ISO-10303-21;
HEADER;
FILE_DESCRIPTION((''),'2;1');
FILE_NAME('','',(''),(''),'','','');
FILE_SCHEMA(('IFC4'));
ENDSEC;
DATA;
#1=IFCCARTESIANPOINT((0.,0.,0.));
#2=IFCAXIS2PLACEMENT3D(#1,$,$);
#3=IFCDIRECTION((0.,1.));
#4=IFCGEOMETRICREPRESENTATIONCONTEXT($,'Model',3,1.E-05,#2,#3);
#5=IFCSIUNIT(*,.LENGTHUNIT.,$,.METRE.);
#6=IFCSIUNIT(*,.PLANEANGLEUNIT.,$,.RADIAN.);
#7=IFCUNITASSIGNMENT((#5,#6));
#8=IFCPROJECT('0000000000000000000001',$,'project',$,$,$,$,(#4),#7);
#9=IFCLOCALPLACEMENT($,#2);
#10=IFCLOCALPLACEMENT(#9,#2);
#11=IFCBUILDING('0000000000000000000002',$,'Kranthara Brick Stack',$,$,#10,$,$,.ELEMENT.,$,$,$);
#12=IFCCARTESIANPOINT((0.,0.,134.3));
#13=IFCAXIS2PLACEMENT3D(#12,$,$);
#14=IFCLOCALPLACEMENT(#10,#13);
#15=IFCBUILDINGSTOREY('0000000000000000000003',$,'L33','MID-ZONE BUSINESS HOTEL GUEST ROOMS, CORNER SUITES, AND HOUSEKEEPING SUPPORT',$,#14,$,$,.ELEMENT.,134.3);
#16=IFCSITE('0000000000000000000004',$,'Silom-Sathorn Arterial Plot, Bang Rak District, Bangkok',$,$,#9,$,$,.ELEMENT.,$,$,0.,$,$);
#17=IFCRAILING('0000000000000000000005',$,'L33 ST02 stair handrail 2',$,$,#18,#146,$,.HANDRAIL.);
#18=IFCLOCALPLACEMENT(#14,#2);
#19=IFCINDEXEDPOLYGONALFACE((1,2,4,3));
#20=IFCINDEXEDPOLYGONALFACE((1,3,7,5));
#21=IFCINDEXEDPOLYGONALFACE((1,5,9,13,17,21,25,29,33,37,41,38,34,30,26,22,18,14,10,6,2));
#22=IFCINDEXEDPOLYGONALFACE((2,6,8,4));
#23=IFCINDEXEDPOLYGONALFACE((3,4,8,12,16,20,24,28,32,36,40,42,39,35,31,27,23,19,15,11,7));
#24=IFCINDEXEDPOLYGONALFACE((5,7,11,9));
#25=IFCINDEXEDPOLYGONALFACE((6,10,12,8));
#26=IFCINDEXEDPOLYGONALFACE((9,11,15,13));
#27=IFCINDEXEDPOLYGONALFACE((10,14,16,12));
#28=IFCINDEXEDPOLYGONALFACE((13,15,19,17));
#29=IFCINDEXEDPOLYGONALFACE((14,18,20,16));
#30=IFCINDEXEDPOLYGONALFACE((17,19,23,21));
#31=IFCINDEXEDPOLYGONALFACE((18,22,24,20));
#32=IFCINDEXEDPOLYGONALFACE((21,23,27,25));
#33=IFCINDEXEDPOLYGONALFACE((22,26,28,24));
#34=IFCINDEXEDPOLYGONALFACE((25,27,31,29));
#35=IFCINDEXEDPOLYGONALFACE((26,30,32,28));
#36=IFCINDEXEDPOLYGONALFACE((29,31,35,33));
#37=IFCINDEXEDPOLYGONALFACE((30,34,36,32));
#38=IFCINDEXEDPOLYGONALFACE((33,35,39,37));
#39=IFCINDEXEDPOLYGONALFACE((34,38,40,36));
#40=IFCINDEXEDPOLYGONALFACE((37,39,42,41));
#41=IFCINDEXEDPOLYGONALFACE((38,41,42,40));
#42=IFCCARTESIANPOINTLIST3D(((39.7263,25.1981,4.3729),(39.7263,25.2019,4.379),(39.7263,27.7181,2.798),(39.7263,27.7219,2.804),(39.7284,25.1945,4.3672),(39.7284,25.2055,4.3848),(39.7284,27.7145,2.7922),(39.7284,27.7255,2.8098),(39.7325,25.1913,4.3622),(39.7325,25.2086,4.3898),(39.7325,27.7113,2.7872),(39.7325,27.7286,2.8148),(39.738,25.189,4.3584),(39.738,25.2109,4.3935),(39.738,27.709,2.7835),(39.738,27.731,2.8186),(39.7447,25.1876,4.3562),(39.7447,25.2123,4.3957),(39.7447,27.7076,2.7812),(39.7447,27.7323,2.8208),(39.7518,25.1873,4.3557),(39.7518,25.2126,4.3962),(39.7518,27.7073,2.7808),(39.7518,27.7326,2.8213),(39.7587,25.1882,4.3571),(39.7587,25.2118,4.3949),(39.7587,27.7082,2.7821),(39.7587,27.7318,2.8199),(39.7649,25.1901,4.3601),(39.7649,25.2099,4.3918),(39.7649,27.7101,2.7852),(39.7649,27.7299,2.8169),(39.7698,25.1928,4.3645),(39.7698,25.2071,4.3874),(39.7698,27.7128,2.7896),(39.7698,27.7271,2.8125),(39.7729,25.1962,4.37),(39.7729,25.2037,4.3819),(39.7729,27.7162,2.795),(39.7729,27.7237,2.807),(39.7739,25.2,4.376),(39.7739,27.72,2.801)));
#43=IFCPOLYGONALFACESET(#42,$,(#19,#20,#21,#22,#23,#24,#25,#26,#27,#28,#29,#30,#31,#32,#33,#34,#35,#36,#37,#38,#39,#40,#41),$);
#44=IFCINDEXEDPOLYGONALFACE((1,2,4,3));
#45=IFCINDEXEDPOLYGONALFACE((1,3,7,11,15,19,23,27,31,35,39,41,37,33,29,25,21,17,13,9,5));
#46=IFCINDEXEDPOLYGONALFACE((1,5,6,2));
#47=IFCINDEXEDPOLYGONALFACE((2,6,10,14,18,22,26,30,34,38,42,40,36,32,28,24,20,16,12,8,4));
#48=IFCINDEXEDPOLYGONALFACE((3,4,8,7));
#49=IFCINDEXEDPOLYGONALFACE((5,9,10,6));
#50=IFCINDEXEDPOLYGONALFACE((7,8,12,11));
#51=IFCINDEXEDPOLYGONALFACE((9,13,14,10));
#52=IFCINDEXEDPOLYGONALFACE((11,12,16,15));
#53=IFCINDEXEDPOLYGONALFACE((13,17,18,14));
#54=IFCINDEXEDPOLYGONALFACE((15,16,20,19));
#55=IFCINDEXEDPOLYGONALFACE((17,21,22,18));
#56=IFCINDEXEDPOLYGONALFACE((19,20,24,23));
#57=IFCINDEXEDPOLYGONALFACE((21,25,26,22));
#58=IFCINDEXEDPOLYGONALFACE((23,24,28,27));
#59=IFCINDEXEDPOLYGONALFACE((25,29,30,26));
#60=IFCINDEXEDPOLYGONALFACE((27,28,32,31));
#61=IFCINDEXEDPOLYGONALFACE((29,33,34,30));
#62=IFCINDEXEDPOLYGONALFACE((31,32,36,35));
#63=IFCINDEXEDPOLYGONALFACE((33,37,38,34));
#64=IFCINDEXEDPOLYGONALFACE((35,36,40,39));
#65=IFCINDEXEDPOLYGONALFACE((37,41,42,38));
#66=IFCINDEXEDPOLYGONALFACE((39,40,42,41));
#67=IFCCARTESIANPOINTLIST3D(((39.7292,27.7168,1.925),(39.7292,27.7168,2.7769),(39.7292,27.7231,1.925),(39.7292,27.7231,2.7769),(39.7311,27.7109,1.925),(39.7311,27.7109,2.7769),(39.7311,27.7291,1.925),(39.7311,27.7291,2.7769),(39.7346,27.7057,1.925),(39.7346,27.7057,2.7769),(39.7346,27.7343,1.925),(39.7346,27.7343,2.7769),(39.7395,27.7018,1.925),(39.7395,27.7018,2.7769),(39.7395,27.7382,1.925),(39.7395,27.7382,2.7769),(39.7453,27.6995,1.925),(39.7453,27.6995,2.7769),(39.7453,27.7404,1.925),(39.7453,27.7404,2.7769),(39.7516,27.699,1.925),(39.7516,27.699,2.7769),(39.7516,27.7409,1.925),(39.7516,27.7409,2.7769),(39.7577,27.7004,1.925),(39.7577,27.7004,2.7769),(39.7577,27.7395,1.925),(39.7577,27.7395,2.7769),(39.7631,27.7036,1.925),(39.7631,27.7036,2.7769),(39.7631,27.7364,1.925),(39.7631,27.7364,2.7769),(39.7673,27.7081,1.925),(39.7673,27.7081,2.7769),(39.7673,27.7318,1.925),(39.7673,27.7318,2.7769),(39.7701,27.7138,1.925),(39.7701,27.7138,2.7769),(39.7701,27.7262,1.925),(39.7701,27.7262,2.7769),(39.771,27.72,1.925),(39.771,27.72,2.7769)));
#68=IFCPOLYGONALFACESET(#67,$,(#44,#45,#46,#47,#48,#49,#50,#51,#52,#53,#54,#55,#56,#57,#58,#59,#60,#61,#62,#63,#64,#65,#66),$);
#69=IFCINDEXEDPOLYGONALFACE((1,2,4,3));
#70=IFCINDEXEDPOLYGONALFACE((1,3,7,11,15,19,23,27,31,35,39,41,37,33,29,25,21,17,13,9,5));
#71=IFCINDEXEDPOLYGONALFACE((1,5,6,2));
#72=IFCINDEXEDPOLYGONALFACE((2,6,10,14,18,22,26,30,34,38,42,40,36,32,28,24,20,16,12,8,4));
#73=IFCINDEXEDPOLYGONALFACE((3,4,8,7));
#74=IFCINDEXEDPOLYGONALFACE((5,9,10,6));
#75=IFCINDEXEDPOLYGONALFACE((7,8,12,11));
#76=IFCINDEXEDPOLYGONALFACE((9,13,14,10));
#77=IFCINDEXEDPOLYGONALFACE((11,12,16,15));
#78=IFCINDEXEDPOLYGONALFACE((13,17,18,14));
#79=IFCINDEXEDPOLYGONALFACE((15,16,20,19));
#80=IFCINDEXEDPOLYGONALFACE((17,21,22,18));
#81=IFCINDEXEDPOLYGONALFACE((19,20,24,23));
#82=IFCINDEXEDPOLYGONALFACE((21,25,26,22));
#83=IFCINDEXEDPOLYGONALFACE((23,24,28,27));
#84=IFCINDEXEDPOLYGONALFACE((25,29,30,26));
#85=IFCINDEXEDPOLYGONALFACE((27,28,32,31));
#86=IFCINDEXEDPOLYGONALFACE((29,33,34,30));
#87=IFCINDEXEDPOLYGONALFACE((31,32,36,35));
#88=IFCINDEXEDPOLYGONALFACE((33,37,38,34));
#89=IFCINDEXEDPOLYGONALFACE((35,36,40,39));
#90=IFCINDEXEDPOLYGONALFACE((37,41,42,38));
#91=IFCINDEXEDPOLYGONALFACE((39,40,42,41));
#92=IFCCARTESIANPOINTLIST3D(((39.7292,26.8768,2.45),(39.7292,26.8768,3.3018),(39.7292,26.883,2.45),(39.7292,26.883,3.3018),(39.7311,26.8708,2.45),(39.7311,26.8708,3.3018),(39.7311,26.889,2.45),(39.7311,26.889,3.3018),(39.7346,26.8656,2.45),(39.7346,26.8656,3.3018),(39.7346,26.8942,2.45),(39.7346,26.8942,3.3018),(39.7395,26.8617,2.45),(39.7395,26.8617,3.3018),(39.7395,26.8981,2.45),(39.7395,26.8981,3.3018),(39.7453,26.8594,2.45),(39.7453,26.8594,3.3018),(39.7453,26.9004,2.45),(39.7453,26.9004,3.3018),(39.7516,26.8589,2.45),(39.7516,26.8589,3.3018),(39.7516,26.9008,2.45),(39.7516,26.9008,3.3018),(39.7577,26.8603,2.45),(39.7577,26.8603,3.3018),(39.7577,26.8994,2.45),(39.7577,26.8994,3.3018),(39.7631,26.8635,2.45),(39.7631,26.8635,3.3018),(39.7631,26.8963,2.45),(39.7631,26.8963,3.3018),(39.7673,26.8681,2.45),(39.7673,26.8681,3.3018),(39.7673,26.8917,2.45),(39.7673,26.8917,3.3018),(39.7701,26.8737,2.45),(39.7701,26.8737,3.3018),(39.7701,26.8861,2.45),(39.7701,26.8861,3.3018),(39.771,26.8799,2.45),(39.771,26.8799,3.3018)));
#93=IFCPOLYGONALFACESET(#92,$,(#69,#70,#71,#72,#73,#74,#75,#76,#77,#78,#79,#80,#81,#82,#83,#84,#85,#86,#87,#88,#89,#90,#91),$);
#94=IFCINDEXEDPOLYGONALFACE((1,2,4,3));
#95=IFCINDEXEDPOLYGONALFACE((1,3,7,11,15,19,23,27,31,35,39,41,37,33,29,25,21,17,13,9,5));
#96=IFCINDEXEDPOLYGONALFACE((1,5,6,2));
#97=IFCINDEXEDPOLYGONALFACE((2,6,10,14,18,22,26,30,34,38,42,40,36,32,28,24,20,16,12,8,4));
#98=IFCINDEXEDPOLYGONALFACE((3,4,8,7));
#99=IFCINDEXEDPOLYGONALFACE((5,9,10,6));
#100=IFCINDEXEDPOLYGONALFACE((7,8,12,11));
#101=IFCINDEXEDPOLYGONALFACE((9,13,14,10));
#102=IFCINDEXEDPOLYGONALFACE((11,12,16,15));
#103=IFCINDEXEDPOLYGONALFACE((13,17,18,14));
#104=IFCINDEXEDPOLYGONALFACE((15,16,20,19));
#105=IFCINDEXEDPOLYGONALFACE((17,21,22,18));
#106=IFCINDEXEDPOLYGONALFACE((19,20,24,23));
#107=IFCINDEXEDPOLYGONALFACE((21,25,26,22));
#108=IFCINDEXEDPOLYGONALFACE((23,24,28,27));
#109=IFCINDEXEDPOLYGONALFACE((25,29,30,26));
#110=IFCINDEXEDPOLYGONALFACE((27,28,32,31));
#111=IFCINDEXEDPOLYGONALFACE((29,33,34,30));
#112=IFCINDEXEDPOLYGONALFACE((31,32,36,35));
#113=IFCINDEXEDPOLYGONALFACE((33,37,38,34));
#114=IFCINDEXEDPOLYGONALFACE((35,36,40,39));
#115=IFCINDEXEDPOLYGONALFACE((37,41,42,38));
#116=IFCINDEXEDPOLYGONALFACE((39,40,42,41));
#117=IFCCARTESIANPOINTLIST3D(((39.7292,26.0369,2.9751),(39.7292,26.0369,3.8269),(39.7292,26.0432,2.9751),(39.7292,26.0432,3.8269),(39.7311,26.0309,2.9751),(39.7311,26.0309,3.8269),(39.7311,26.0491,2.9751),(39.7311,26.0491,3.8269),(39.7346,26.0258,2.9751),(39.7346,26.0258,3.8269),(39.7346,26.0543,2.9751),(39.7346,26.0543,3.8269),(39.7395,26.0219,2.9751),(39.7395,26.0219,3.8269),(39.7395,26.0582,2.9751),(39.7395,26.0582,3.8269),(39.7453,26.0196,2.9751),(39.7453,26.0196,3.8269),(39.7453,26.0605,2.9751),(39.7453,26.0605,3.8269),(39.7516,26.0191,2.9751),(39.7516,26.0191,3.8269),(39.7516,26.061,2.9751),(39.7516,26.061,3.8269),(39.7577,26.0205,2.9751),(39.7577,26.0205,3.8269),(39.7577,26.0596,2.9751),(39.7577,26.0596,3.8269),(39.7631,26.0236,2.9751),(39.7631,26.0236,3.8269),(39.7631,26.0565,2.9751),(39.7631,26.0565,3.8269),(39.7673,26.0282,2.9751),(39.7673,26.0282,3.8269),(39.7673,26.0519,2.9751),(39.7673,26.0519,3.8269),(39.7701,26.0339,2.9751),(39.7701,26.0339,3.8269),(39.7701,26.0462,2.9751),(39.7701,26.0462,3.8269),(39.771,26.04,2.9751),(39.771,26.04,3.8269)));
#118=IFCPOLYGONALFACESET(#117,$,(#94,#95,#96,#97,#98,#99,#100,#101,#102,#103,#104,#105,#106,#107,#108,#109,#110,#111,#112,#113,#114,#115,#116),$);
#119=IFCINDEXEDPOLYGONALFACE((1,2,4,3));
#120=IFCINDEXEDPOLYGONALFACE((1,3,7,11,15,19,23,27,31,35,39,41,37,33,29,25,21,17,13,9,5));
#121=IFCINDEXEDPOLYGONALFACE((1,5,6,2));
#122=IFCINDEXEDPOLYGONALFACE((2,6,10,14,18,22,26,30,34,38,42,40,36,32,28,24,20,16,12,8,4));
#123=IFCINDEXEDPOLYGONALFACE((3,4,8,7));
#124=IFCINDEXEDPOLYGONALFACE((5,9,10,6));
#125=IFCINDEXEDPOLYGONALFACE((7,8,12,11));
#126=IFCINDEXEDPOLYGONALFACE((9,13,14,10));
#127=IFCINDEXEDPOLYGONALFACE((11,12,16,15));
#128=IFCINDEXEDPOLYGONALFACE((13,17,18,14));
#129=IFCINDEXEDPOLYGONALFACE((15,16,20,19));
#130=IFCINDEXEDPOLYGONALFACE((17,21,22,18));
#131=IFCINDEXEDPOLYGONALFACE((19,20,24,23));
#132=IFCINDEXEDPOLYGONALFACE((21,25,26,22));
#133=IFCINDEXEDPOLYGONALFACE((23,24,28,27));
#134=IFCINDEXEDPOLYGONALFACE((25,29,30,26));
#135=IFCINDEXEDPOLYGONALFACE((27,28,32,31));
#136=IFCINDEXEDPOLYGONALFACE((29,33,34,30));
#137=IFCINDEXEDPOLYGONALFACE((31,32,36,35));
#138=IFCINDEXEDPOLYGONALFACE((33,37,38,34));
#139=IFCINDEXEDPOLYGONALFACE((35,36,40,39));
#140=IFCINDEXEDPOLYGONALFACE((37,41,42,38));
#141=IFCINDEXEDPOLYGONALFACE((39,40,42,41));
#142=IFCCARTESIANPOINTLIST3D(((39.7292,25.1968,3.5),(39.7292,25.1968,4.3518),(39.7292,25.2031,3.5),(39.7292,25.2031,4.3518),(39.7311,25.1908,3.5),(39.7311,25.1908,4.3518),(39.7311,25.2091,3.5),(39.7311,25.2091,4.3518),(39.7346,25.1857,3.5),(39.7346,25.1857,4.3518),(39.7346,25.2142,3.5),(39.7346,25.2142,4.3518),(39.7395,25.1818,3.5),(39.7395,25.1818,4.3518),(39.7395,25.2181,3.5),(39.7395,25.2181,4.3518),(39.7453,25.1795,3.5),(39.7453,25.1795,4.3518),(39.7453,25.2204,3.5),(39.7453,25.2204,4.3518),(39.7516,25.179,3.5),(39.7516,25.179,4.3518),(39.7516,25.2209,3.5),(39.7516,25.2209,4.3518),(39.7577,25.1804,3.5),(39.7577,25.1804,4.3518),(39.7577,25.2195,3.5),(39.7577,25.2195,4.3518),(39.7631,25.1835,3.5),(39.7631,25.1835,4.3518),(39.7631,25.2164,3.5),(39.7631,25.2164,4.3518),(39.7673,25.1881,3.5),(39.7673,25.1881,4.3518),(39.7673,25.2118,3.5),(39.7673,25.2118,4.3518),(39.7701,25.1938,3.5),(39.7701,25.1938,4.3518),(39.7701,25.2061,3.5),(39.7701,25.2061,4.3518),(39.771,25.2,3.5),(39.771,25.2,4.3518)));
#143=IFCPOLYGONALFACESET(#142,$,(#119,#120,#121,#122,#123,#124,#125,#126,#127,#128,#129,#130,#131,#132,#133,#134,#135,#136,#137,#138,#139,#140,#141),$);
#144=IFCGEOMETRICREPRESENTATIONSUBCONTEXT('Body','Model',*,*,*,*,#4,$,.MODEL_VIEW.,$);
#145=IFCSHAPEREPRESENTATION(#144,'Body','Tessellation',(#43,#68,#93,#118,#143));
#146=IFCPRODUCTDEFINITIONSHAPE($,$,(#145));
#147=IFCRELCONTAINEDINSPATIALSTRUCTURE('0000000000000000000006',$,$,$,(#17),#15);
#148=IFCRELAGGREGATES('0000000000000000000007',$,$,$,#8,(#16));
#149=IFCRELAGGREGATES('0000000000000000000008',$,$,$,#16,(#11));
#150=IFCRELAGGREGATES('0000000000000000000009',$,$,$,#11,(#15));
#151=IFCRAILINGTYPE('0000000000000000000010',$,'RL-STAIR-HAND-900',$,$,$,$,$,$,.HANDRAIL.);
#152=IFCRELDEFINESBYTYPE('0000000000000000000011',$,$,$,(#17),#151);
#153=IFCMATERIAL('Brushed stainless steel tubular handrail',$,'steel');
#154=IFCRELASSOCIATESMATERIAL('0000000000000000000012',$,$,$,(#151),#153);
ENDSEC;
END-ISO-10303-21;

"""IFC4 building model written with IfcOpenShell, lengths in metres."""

from ifc_helpers import new_model, si_unit, direction, frame, origin, origin_2d, place, context, subcontext, project, spatial, circle, extrude, material, type_object, element, save


model = new_model("IFC4")

# Units and contexts
model_context = context("Model", 3, precision=1e-05, world=origin(), true_north=direction((0.0, 1.0)))
body_context = subcontext(model_context, "Body", "Model", "MODEL_VIEW")
ifc_project = project(units=[si_unit("LENGTHUNIT", "METRE"), si_unit("PLANEANGLEUNIT", "RADIAN")], contexts=[model_context])

# Site, building, storey
site_placement = place(None, origin())
site = spatial("IfcSite", under=ifc_project, at=site_placement, Name="Silom-Sathorn Arterial Plot, Bang Rak District, Bangkok", CompositionType="ELEMENT", RefElevation=0.0)
building_placement = place(site_placement, origin())
building = spatial("IfcBuilding", under=site, at=building_placement, Name="Kranthara Brick Stack", CompositionType="ELEMENT")
storey_placement = place(building_placement, frame((0.0, 0.0, 134.3)))
storey = spatial("IfcBuildingStorey", under=building, at=storey_placement, Name="L33", Description="MID-ZONE BUSINESS HOTEL GUEST ROOMS, CORNER SUITES, AND HOUSEKEEPING SUPPORT", CompositionType="ELEMENT", Elevation=134.3)

# Railing
ifc_material_1 = material(Name="Brushed stainless steel tubular handrail", Category="steel")
railing_type_1 = type_object("IfcRailingType", Name="RL-STAIR-HAND-900", PredefinedType="HANDRAIL", material=ifc_material_1)
railing_1_placement = place(storey_placement, frame((39.75, 27.72, 1.925)))
element("IfcRailing", 1, at=railing_1_placement, inside=storey, type_object=railing_type_1, Name="L33 ST02 stair handrail 2", PredefinedType="HANDRAIL", context=body_context, shape_type="SweptSolid", body=[
    extrude(circle(Radius=0.0239, at=origin_2d()), frame((0.0, 0.0, 0.876), z_axis=(0.0, -0.848008, 0.529984), x_axis=(1.0, 0.0, 0.0)), (0.0, 0.0, 1.0), 2.9717),
    extrude(circle(Radius=0.021, at=origin_2d()), origin(), (0.0, 0.0, 1.0), 0.8518),
    extrude(circle(Radius=0.021, at=origin_2d()), frame((0.0, -0.8401, 0.5249)), (0.0, 0.0, 1.0), 0.8518),
    extrude(circle(Radius=0.021, at=origin_2d()), frame((0.0, -1.6799, 1.05)), (0.0, 0.0, 1.0), 0.8518),
    extrude(circle(Radius=0.021, at=origin_2d()), frame((0.0, -2.52, 1.575)), (0.0, 0.0, 1.0), 0.8518),
])

save(model, "model.ifc")
